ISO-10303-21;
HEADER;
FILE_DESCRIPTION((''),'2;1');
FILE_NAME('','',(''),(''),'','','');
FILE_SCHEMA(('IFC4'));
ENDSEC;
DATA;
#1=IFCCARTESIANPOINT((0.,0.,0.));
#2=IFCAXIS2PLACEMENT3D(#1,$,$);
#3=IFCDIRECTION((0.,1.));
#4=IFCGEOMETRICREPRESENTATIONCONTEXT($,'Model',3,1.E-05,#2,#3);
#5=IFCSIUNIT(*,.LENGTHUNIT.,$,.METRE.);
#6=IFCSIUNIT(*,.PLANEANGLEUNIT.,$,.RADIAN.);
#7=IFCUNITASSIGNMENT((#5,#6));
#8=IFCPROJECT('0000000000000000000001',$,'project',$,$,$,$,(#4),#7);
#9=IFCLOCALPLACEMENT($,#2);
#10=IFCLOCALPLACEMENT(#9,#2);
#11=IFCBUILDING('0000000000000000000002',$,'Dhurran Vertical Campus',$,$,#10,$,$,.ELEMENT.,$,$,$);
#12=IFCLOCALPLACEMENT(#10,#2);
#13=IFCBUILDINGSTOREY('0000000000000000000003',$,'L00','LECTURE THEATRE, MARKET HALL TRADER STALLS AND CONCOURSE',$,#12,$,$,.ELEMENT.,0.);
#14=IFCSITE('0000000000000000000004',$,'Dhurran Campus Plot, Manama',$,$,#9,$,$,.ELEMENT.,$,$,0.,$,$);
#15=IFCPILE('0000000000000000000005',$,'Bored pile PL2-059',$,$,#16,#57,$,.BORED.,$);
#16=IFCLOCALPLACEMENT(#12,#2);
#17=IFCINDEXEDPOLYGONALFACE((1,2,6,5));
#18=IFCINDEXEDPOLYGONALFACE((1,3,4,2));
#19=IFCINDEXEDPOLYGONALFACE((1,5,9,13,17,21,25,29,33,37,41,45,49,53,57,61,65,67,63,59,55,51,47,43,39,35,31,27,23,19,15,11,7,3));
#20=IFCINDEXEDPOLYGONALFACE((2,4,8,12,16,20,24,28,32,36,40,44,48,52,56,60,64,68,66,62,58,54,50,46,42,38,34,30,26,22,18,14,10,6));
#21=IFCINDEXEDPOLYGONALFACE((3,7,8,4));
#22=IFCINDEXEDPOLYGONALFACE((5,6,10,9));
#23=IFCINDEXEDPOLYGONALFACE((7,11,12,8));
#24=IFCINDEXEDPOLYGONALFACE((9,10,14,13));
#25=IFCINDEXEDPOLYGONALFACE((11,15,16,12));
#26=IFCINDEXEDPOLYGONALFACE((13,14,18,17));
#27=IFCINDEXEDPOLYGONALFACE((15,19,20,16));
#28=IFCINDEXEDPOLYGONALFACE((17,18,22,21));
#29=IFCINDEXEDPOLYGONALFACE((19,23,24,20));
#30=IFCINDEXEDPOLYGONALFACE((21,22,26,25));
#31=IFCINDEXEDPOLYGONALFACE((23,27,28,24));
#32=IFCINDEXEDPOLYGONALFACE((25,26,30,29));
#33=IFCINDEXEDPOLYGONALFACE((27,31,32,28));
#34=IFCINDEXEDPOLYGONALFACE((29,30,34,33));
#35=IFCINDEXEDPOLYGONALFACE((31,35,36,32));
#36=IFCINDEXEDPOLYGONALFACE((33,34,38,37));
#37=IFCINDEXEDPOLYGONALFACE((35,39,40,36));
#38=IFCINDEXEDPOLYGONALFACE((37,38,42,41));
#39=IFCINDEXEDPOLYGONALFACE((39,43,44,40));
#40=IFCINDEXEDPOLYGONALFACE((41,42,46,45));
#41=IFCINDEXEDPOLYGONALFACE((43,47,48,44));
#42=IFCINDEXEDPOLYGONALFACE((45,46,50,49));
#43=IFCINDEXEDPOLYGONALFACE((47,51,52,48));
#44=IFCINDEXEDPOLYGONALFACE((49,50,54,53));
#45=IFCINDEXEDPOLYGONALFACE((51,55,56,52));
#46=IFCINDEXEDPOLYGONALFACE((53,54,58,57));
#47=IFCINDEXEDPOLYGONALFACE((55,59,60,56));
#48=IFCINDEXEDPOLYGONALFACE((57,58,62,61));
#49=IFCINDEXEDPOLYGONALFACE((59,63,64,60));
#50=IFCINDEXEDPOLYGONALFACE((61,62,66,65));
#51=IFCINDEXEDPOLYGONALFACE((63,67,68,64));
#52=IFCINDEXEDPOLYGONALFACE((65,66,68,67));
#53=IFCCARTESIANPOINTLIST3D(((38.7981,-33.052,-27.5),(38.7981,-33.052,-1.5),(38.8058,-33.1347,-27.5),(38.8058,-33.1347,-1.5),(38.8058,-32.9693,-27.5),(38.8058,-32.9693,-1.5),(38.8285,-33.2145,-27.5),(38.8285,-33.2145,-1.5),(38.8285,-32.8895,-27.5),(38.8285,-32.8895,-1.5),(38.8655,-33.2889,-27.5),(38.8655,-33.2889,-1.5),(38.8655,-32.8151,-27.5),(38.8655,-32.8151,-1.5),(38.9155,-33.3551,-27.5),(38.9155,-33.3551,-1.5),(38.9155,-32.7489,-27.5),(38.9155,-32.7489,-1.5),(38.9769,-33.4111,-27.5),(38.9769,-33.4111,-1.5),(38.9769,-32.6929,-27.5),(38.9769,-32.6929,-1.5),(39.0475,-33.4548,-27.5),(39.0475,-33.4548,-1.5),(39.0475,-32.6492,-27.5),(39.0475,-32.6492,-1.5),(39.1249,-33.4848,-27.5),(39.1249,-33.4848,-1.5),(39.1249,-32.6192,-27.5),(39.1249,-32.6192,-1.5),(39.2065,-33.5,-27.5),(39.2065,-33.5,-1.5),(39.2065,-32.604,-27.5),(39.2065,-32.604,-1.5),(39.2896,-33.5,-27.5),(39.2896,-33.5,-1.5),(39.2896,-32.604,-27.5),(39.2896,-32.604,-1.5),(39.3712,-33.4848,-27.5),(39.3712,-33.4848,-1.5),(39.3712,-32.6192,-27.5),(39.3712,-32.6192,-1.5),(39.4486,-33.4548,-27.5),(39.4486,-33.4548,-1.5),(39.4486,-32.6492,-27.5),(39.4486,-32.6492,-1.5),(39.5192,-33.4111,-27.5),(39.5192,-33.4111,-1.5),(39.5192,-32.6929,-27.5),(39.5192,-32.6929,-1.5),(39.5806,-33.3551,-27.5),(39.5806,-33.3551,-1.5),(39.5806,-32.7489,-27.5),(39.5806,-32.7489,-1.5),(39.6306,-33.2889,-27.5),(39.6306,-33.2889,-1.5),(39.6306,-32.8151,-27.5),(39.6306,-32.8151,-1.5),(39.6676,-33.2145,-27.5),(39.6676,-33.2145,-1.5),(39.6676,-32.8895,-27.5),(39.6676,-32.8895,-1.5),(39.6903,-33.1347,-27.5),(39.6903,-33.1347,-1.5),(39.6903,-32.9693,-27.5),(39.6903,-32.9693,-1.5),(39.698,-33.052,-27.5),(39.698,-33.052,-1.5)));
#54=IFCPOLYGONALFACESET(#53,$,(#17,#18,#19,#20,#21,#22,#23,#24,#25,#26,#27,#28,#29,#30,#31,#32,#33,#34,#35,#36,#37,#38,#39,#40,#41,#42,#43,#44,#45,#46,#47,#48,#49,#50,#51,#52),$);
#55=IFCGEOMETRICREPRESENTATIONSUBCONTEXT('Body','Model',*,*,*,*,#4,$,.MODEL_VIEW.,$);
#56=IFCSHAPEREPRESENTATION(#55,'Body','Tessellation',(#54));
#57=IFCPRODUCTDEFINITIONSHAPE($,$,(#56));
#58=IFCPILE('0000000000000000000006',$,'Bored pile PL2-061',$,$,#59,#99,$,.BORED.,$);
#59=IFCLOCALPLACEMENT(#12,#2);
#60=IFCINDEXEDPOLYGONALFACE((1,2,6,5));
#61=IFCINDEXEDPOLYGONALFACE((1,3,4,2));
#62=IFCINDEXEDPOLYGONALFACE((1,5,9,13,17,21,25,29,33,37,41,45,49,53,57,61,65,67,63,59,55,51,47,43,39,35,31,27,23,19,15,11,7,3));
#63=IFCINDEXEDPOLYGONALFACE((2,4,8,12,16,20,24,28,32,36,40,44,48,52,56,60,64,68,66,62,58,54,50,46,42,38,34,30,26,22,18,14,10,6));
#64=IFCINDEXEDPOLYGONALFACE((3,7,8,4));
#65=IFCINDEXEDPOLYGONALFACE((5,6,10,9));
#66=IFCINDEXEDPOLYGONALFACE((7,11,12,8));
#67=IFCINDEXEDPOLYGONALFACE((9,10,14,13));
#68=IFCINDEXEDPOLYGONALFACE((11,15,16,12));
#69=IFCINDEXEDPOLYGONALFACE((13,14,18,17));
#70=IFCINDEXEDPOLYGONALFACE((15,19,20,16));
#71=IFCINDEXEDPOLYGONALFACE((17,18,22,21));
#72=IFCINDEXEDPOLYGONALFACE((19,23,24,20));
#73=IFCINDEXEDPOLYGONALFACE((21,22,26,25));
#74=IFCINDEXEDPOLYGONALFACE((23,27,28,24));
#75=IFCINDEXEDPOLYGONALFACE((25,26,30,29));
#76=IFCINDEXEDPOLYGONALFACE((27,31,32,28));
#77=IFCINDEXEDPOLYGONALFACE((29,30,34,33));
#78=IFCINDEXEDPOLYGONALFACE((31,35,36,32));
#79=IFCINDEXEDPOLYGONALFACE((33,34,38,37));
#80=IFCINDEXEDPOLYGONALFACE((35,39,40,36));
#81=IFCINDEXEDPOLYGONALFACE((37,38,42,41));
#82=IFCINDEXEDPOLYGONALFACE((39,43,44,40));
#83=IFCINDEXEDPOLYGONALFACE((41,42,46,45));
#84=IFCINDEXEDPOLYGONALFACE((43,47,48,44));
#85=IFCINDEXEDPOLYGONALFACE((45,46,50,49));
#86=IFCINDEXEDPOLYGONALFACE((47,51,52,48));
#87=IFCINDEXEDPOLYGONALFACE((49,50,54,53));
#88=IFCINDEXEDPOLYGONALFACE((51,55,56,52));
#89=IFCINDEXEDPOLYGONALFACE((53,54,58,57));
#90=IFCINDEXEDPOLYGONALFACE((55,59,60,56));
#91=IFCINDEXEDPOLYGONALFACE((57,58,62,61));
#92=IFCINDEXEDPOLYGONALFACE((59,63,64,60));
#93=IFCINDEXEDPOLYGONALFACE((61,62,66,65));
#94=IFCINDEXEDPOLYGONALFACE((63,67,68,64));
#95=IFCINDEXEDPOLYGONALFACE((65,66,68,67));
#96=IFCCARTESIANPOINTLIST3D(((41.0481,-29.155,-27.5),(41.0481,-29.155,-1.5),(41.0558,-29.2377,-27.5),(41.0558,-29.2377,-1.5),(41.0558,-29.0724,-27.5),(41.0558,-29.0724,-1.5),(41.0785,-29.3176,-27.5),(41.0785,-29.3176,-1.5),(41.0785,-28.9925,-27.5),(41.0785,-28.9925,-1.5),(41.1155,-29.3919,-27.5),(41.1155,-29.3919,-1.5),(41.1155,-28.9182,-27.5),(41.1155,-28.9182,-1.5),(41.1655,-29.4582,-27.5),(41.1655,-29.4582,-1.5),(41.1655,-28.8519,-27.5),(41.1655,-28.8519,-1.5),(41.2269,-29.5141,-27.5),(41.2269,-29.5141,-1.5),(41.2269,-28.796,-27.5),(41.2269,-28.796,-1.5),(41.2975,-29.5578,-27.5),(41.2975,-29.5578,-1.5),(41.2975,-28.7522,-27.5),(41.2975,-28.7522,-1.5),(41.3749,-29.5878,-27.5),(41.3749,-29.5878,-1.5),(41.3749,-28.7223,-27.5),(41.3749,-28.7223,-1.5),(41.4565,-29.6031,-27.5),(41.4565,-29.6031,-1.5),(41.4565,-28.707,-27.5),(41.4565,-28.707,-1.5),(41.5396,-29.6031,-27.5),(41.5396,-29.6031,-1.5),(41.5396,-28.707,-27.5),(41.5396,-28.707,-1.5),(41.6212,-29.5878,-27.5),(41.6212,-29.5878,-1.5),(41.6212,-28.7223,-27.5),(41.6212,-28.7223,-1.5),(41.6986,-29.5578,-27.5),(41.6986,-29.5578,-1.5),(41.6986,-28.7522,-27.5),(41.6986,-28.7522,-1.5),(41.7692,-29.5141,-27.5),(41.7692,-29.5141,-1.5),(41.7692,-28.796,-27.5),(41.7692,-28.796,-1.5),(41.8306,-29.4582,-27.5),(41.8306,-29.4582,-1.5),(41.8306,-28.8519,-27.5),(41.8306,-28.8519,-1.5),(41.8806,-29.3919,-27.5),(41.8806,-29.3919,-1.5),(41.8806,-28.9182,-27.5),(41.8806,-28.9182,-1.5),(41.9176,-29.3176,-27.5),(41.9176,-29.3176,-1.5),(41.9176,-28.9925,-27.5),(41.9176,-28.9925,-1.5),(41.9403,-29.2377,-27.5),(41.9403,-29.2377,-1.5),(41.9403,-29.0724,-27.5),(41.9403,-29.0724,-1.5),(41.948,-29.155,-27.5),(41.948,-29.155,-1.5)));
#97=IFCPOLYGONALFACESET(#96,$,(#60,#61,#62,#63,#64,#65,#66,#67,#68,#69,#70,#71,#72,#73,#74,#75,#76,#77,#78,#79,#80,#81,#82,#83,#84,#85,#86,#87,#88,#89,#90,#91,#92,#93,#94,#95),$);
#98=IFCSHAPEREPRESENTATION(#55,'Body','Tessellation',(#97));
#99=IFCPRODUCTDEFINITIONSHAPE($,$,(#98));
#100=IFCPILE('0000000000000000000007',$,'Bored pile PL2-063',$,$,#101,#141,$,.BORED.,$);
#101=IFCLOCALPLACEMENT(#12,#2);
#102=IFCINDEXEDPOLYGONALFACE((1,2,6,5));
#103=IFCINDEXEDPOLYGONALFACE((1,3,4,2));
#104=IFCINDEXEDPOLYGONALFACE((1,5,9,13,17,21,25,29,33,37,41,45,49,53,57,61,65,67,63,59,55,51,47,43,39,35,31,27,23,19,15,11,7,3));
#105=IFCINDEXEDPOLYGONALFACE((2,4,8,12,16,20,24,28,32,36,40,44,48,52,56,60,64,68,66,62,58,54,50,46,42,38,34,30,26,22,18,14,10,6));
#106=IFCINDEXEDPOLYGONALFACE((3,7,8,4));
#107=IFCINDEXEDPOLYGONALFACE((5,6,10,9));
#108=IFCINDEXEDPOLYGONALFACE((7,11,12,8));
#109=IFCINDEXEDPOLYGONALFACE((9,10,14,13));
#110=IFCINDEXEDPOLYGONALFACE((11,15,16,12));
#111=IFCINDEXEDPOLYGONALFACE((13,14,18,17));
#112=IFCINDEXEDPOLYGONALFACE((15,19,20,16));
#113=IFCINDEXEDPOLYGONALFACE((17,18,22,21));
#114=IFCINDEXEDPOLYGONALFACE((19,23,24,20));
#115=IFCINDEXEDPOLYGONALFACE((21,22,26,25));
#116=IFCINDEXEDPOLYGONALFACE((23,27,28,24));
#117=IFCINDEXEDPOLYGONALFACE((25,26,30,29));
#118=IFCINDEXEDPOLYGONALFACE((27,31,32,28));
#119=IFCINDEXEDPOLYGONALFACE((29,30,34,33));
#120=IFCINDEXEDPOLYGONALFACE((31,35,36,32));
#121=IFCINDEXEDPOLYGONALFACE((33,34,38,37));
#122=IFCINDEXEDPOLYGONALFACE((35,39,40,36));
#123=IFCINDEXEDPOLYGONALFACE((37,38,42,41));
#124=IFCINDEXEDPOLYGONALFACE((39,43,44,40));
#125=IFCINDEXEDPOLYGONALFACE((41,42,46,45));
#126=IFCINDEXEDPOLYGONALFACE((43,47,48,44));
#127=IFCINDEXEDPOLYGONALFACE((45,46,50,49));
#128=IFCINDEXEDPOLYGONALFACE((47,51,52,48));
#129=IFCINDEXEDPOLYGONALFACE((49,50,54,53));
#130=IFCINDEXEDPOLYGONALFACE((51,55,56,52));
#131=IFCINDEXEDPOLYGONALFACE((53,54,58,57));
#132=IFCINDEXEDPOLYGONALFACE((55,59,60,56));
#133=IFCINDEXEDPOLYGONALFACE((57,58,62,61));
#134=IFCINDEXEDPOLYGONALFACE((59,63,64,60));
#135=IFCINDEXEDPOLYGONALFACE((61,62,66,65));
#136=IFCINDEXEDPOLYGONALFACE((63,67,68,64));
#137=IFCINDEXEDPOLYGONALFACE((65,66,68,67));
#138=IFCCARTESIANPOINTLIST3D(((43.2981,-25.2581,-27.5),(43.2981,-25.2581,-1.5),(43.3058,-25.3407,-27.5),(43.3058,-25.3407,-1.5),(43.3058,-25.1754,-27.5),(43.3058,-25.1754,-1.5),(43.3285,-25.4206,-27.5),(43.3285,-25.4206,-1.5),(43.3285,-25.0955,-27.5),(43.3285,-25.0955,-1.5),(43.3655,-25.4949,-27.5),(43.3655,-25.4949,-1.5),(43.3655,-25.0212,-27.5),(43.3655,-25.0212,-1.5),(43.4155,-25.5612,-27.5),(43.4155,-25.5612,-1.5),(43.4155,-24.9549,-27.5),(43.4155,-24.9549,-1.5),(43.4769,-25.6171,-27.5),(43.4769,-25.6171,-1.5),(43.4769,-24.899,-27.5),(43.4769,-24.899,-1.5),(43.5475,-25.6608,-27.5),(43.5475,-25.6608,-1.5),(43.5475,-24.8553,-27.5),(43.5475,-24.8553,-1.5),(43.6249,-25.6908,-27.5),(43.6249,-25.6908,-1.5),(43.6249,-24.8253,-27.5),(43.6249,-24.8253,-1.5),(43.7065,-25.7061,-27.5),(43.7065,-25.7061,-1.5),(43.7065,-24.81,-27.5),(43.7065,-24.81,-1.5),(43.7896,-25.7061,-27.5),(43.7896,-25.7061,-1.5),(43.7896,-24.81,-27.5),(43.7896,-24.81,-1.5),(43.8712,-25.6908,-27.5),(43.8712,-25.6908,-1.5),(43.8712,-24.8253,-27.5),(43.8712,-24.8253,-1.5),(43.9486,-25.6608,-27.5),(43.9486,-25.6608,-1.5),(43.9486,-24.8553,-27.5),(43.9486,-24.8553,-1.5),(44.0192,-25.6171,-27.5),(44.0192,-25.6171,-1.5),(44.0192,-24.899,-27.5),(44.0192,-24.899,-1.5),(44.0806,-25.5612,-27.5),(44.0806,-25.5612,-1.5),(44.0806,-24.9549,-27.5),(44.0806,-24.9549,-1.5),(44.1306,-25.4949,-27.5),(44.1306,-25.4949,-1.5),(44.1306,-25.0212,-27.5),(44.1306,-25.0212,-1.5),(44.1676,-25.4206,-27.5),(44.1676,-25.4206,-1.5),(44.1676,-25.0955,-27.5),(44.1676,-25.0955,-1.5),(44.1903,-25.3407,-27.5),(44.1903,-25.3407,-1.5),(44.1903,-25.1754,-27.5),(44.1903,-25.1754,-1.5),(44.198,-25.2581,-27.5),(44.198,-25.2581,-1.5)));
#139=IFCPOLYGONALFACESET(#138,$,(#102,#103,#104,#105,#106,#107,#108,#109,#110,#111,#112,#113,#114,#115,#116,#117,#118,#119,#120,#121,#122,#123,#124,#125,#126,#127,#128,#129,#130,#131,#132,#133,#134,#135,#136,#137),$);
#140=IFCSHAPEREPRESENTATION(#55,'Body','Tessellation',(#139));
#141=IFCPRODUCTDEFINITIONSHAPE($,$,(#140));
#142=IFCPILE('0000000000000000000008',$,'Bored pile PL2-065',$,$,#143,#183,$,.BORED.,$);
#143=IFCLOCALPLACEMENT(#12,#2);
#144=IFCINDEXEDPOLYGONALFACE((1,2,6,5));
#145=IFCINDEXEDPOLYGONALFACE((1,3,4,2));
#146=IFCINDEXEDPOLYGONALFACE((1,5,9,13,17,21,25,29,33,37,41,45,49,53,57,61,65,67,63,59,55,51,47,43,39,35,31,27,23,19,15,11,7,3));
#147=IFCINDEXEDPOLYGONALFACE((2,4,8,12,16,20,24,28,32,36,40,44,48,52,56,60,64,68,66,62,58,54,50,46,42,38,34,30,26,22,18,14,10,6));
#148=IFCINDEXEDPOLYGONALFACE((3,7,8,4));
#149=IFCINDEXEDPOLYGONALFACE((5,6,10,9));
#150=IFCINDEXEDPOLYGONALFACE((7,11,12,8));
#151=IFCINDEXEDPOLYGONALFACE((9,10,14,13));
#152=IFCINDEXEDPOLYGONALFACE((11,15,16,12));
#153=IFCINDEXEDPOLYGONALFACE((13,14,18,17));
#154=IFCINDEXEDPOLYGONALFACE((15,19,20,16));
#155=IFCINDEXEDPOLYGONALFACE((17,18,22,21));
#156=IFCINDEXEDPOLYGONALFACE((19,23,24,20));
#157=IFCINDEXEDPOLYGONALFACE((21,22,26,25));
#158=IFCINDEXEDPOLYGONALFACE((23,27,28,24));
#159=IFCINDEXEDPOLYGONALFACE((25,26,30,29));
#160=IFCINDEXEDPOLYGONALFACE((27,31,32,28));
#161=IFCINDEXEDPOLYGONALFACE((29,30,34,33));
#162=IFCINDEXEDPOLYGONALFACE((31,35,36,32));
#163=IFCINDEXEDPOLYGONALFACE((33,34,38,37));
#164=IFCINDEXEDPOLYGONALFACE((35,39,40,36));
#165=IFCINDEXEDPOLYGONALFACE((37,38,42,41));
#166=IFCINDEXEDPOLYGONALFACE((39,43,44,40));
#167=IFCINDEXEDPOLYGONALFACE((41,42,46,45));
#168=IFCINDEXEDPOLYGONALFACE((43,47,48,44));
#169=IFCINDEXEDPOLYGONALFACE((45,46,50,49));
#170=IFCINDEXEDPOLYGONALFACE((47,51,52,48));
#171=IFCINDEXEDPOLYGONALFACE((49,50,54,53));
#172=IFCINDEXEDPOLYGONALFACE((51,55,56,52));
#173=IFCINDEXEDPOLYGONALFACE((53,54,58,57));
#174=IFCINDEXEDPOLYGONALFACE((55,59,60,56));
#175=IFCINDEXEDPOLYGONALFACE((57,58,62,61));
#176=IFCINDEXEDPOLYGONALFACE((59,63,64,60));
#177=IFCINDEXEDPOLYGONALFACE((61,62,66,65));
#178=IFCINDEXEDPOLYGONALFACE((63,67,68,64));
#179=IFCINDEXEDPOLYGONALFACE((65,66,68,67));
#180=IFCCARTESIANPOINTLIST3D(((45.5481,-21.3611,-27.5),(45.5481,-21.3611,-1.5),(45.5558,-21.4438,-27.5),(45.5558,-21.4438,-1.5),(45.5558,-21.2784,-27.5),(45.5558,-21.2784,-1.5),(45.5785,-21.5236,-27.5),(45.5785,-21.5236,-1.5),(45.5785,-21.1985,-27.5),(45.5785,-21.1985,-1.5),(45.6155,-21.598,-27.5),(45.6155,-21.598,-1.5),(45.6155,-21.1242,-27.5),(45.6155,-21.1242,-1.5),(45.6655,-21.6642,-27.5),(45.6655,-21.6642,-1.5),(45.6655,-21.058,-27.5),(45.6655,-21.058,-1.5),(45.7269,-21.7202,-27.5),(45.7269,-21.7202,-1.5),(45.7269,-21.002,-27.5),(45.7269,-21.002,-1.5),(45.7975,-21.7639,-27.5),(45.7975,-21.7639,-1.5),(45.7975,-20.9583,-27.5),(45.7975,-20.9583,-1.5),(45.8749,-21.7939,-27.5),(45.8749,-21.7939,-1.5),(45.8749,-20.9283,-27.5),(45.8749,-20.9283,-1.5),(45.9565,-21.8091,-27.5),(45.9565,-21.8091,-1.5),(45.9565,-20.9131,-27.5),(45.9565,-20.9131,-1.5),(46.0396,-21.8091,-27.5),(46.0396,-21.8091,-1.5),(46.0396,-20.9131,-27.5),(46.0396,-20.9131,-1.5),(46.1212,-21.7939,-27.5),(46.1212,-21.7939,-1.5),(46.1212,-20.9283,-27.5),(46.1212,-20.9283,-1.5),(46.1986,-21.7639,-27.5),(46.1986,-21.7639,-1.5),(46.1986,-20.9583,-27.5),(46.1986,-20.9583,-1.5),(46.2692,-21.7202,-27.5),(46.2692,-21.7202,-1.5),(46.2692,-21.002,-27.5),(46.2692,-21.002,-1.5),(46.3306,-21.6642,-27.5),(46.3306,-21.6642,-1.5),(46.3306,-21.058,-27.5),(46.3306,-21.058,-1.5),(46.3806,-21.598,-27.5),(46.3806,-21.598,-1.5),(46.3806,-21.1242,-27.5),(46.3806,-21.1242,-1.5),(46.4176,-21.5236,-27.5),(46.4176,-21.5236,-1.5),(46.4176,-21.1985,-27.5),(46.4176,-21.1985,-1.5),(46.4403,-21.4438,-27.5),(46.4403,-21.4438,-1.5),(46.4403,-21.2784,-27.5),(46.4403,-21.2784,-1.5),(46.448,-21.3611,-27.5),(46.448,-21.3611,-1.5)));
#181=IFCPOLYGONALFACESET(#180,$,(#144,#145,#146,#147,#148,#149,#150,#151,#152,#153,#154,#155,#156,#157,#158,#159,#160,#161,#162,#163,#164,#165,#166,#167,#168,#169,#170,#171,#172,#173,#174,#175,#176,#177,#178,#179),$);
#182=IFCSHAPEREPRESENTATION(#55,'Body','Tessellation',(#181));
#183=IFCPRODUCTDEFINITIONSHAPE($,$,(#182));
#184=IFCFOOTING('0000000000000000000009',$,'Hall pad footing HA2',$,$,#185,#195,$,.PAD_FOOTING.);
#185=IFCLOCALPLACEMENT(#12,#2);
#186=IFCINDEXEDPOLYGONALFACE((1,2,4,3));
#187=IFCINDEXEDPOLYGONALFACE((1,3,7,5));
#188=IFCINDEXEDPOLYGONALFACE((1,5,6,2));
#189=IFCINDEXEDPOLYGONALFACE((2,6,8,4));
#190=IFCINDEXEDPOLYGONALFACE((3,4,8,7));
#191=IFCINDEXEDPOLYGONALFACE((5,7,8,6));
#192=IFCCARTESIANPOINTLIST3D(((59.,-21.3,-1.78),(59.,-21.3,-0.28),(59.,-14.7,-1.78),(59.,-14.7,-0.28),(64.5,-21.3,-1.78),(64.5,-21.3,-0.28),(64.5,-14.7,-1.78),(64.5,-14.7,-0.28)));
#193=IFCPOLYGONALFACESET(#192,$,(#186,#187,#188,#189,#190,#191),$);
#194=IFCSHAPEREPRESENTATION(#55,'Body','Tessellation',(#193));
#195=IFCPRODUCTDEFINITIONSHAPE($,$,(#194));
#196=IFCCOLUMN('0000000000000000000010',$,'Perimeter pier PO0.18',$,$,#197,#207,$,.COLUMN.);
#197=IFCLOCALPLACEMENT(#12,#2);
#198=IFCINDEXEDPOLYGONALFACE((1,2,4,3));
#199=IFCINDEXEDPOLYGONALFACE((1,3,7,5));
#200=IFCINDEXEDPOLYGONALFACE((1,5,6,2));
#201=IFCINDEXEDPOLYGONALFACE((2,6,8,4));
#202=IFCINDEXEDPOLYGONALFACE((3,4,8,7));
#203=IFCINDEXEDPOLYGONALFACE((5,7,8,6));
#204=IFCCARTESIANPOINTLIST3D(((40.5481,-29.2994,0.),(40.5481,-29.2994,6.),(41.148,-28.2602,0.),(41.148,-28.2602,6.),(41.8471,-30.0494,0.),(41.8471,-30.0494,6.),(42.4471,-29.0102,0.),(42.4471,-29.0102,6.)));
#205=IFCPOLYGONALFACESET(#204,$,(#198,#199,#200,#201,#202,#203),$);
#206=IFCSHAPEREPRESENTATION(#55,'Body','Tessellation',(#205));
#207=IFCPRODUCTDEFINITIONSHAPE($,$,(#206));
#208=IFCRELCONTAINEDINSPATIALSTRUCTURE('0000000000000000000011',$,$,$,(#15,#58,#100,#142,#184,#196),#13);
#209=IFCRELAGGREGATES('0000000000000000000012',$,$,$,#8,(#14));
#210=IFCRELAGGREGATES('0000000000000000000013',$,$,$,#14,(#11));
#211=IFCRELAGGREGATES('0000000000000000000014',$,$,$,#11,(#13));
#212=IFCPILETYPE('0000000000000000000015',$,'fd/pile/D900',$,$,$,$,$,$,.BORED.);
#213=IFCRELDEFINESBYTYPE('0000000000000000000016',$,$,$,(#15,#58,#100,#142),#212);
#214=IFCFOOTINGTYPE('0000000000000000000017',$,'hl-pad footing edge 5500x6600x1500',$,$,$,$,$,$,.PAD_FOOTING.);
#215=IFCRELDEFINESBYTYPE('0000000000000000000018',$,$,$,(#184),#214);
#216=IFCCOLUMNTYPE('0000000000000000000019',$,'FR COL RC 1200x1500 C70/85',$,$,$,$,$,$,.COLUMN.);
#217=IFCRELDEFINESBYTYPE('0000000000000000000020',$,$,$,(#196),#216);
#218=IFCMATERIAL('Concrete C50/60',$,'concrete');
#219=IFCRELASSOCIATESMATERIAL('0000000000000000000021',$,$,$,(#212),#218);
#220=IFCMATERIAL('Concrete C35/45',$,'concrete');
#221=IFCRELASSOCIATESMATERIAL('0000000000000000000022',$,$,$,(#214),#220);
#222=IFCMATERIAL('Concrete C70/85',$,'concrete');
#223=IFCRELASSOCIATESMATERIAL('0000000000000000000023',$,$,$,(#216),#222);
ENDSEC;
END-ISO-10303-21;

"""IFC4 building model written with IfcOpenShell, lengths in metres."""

from ifc_helpers import new_model, si_unit, direction, frame, origin, origin_2d, place, context, subcontext, project, spatial, rectangle, circle, extrude, material, material_profile, profile_set, type_object, element, save


model = new_model("IFC4")

# Units and contexts
model_context = context("Model", 3, precision=1e-05, world=origin(), true_north=direction((0.0, 1.0)))
body_context = subcontext(model_context, "Body", "Model", "MODEL_VIEW")
ifc_project = project(units=[si_unit("LENGTHUNIT", "METRE"), si_unit("PLANEANGLEUNIT", "RADIAN")], contexts=[model_context])

# Site, building, storey
site_placement = place(None, origin())
site = spatial("IfcSite", under=ifc_project, at=site_placement, Name="Dhurran Campus Plot, Manama", CompositionType="ELEMENT", RefElevation=0.0)
building_placement = place(site_placement, origin())
building = spatial("IfcBuilding", under=site, at=building_placement, Name="Dhurran Vertical Campus", CompositionType="ELEMENT")
storey_placement = place(building_placement, origin())
storey = spatial("IfcBuildingStorey", under=building, at=storey_placement, Name="L00", Description="LECTURE THEATRE, MARKET HALL TRADER STALLS AND CONCOURSE", CompositionType="ELEMENT", Elevation=0.0)

# Piles
ifc_material_1 = material(Name="Concrete C50/60", Category="concrete")
ifc_material_profile_1 = material_profile(ifc_material_1, circle(Radius=0.45, at=origin_2d()), Name="fd/pile/D900")
ifc_profile_set_1 = profile_set([ifc_material_profile_1], Name="Concrete C50/60")
pile_type = type_object("IfcPileType", Name="fd/pile/D900", PredefinedType="BORED", material=ifc_profile_set_1)
for number, where, z_axis, x_axis, name in (
    (1, (39.248, -33.052, -1.5), (0.0, 0.0, -1.0), (1.0, 0.0, 0.0), "Bored pile PL2-059"),
    (2, (41.498, -29.155, -1.5), (0.0, 0.0, -1.0), (1.0, 0.0, 0.0), "Bored pile PL2-061"),
    (3, (43.748, -25.2581, -1.5), (0.0, 0.0, -1.0), (1.0, 0.0, 0.0), "Bored pile PL2-063"),
    (4, (45.998, -21.3611, -1.5), (0.0, 0.0, -1.0), (1.0, 0.0, 0.0), "Bored pile PL2-065"),
):
    element("IfcPile", number, at=place(storey_placement, frame(where, z_axis=z_axis, x_axis=x_axis)), inside=storey, type_object=pile_type, Name=name, PredefinedType="BORED", context=body_context, shape_type="SweptSolid", body=[
        extrude(circle(Radius=0.45, at=origin_2d()), origin(), (0.0, 0.0, 1.0), 26.0),
    ])

# Footing
ifc_material_2 = material(Name="Concrete C35/45", Category="concrete")
footing_type = type_object("IfcFootingType", Name="hl-pad footing edge 5500x6600x1500", PredefinedType="PAD_FOOTING", material=ifc_material_2)
footing_placement = place(storey_placement, frame((61.75, -18.0, -1.78), z_axis=(0.0, 0.0, 1.0), x_axis=(1.0, 0.0, 0.0)))
element("IfcFooting", 5, at=footing_placement, inside=storey, type_object=footing_type, Name="Hall pad footing HA2", PredefinedType="PAD_FOOTING", context=body_context, shape_type="SweptSolid", body=[
    extrude(rectangle(XDim=5.5, YDim=6.6001, at=origin_2d()), origin(), (0.0, 0.0, 1.0), 1.5),
])

# Column
ifc_material_3 = material(Name="Concrete C70/85", Category="concrete")
ifc_material_profile_2 = material_profile(ifc_material_3, rectangle(XDim=1.2, YDim=1.5, at=origin_2d()), Name="RC 1200x1500")
ifc_profile_set_2 = profile_set([ifc_material_profile_2], Name="Concrete C70/85")
column_type_1 = type_object("IfcColumnType", Name="FR COL RC 1200x1500 C70/85", PredefinedType="COLUMN", material=ifc_profile_set_2)
for number, where, z_axis, x_axis, name in (
    (6, (41.4976, -29.1548, 0.0), (0.0, 0.0, 1.0), (0.5, 0.866025, 0.0), "Perimeter pier PO0.18"),
):
    element("IfcColumn", number, at=place(storey_placement, frame(where, z_axis=z_axis, x_axis=x_axis)), inside=storey, type_object=column_type_1, Name=name, PredefinedType="COLUMN", context=body_context, shape_type="SweptSolid", body=[
        extrude(rectangle(XDim=1.2, YDim=1.5, at=origin_2d()), origin(), (0.0, 0.0, 1.0), 6.0),
    ])

save(model, "model.ifc")
